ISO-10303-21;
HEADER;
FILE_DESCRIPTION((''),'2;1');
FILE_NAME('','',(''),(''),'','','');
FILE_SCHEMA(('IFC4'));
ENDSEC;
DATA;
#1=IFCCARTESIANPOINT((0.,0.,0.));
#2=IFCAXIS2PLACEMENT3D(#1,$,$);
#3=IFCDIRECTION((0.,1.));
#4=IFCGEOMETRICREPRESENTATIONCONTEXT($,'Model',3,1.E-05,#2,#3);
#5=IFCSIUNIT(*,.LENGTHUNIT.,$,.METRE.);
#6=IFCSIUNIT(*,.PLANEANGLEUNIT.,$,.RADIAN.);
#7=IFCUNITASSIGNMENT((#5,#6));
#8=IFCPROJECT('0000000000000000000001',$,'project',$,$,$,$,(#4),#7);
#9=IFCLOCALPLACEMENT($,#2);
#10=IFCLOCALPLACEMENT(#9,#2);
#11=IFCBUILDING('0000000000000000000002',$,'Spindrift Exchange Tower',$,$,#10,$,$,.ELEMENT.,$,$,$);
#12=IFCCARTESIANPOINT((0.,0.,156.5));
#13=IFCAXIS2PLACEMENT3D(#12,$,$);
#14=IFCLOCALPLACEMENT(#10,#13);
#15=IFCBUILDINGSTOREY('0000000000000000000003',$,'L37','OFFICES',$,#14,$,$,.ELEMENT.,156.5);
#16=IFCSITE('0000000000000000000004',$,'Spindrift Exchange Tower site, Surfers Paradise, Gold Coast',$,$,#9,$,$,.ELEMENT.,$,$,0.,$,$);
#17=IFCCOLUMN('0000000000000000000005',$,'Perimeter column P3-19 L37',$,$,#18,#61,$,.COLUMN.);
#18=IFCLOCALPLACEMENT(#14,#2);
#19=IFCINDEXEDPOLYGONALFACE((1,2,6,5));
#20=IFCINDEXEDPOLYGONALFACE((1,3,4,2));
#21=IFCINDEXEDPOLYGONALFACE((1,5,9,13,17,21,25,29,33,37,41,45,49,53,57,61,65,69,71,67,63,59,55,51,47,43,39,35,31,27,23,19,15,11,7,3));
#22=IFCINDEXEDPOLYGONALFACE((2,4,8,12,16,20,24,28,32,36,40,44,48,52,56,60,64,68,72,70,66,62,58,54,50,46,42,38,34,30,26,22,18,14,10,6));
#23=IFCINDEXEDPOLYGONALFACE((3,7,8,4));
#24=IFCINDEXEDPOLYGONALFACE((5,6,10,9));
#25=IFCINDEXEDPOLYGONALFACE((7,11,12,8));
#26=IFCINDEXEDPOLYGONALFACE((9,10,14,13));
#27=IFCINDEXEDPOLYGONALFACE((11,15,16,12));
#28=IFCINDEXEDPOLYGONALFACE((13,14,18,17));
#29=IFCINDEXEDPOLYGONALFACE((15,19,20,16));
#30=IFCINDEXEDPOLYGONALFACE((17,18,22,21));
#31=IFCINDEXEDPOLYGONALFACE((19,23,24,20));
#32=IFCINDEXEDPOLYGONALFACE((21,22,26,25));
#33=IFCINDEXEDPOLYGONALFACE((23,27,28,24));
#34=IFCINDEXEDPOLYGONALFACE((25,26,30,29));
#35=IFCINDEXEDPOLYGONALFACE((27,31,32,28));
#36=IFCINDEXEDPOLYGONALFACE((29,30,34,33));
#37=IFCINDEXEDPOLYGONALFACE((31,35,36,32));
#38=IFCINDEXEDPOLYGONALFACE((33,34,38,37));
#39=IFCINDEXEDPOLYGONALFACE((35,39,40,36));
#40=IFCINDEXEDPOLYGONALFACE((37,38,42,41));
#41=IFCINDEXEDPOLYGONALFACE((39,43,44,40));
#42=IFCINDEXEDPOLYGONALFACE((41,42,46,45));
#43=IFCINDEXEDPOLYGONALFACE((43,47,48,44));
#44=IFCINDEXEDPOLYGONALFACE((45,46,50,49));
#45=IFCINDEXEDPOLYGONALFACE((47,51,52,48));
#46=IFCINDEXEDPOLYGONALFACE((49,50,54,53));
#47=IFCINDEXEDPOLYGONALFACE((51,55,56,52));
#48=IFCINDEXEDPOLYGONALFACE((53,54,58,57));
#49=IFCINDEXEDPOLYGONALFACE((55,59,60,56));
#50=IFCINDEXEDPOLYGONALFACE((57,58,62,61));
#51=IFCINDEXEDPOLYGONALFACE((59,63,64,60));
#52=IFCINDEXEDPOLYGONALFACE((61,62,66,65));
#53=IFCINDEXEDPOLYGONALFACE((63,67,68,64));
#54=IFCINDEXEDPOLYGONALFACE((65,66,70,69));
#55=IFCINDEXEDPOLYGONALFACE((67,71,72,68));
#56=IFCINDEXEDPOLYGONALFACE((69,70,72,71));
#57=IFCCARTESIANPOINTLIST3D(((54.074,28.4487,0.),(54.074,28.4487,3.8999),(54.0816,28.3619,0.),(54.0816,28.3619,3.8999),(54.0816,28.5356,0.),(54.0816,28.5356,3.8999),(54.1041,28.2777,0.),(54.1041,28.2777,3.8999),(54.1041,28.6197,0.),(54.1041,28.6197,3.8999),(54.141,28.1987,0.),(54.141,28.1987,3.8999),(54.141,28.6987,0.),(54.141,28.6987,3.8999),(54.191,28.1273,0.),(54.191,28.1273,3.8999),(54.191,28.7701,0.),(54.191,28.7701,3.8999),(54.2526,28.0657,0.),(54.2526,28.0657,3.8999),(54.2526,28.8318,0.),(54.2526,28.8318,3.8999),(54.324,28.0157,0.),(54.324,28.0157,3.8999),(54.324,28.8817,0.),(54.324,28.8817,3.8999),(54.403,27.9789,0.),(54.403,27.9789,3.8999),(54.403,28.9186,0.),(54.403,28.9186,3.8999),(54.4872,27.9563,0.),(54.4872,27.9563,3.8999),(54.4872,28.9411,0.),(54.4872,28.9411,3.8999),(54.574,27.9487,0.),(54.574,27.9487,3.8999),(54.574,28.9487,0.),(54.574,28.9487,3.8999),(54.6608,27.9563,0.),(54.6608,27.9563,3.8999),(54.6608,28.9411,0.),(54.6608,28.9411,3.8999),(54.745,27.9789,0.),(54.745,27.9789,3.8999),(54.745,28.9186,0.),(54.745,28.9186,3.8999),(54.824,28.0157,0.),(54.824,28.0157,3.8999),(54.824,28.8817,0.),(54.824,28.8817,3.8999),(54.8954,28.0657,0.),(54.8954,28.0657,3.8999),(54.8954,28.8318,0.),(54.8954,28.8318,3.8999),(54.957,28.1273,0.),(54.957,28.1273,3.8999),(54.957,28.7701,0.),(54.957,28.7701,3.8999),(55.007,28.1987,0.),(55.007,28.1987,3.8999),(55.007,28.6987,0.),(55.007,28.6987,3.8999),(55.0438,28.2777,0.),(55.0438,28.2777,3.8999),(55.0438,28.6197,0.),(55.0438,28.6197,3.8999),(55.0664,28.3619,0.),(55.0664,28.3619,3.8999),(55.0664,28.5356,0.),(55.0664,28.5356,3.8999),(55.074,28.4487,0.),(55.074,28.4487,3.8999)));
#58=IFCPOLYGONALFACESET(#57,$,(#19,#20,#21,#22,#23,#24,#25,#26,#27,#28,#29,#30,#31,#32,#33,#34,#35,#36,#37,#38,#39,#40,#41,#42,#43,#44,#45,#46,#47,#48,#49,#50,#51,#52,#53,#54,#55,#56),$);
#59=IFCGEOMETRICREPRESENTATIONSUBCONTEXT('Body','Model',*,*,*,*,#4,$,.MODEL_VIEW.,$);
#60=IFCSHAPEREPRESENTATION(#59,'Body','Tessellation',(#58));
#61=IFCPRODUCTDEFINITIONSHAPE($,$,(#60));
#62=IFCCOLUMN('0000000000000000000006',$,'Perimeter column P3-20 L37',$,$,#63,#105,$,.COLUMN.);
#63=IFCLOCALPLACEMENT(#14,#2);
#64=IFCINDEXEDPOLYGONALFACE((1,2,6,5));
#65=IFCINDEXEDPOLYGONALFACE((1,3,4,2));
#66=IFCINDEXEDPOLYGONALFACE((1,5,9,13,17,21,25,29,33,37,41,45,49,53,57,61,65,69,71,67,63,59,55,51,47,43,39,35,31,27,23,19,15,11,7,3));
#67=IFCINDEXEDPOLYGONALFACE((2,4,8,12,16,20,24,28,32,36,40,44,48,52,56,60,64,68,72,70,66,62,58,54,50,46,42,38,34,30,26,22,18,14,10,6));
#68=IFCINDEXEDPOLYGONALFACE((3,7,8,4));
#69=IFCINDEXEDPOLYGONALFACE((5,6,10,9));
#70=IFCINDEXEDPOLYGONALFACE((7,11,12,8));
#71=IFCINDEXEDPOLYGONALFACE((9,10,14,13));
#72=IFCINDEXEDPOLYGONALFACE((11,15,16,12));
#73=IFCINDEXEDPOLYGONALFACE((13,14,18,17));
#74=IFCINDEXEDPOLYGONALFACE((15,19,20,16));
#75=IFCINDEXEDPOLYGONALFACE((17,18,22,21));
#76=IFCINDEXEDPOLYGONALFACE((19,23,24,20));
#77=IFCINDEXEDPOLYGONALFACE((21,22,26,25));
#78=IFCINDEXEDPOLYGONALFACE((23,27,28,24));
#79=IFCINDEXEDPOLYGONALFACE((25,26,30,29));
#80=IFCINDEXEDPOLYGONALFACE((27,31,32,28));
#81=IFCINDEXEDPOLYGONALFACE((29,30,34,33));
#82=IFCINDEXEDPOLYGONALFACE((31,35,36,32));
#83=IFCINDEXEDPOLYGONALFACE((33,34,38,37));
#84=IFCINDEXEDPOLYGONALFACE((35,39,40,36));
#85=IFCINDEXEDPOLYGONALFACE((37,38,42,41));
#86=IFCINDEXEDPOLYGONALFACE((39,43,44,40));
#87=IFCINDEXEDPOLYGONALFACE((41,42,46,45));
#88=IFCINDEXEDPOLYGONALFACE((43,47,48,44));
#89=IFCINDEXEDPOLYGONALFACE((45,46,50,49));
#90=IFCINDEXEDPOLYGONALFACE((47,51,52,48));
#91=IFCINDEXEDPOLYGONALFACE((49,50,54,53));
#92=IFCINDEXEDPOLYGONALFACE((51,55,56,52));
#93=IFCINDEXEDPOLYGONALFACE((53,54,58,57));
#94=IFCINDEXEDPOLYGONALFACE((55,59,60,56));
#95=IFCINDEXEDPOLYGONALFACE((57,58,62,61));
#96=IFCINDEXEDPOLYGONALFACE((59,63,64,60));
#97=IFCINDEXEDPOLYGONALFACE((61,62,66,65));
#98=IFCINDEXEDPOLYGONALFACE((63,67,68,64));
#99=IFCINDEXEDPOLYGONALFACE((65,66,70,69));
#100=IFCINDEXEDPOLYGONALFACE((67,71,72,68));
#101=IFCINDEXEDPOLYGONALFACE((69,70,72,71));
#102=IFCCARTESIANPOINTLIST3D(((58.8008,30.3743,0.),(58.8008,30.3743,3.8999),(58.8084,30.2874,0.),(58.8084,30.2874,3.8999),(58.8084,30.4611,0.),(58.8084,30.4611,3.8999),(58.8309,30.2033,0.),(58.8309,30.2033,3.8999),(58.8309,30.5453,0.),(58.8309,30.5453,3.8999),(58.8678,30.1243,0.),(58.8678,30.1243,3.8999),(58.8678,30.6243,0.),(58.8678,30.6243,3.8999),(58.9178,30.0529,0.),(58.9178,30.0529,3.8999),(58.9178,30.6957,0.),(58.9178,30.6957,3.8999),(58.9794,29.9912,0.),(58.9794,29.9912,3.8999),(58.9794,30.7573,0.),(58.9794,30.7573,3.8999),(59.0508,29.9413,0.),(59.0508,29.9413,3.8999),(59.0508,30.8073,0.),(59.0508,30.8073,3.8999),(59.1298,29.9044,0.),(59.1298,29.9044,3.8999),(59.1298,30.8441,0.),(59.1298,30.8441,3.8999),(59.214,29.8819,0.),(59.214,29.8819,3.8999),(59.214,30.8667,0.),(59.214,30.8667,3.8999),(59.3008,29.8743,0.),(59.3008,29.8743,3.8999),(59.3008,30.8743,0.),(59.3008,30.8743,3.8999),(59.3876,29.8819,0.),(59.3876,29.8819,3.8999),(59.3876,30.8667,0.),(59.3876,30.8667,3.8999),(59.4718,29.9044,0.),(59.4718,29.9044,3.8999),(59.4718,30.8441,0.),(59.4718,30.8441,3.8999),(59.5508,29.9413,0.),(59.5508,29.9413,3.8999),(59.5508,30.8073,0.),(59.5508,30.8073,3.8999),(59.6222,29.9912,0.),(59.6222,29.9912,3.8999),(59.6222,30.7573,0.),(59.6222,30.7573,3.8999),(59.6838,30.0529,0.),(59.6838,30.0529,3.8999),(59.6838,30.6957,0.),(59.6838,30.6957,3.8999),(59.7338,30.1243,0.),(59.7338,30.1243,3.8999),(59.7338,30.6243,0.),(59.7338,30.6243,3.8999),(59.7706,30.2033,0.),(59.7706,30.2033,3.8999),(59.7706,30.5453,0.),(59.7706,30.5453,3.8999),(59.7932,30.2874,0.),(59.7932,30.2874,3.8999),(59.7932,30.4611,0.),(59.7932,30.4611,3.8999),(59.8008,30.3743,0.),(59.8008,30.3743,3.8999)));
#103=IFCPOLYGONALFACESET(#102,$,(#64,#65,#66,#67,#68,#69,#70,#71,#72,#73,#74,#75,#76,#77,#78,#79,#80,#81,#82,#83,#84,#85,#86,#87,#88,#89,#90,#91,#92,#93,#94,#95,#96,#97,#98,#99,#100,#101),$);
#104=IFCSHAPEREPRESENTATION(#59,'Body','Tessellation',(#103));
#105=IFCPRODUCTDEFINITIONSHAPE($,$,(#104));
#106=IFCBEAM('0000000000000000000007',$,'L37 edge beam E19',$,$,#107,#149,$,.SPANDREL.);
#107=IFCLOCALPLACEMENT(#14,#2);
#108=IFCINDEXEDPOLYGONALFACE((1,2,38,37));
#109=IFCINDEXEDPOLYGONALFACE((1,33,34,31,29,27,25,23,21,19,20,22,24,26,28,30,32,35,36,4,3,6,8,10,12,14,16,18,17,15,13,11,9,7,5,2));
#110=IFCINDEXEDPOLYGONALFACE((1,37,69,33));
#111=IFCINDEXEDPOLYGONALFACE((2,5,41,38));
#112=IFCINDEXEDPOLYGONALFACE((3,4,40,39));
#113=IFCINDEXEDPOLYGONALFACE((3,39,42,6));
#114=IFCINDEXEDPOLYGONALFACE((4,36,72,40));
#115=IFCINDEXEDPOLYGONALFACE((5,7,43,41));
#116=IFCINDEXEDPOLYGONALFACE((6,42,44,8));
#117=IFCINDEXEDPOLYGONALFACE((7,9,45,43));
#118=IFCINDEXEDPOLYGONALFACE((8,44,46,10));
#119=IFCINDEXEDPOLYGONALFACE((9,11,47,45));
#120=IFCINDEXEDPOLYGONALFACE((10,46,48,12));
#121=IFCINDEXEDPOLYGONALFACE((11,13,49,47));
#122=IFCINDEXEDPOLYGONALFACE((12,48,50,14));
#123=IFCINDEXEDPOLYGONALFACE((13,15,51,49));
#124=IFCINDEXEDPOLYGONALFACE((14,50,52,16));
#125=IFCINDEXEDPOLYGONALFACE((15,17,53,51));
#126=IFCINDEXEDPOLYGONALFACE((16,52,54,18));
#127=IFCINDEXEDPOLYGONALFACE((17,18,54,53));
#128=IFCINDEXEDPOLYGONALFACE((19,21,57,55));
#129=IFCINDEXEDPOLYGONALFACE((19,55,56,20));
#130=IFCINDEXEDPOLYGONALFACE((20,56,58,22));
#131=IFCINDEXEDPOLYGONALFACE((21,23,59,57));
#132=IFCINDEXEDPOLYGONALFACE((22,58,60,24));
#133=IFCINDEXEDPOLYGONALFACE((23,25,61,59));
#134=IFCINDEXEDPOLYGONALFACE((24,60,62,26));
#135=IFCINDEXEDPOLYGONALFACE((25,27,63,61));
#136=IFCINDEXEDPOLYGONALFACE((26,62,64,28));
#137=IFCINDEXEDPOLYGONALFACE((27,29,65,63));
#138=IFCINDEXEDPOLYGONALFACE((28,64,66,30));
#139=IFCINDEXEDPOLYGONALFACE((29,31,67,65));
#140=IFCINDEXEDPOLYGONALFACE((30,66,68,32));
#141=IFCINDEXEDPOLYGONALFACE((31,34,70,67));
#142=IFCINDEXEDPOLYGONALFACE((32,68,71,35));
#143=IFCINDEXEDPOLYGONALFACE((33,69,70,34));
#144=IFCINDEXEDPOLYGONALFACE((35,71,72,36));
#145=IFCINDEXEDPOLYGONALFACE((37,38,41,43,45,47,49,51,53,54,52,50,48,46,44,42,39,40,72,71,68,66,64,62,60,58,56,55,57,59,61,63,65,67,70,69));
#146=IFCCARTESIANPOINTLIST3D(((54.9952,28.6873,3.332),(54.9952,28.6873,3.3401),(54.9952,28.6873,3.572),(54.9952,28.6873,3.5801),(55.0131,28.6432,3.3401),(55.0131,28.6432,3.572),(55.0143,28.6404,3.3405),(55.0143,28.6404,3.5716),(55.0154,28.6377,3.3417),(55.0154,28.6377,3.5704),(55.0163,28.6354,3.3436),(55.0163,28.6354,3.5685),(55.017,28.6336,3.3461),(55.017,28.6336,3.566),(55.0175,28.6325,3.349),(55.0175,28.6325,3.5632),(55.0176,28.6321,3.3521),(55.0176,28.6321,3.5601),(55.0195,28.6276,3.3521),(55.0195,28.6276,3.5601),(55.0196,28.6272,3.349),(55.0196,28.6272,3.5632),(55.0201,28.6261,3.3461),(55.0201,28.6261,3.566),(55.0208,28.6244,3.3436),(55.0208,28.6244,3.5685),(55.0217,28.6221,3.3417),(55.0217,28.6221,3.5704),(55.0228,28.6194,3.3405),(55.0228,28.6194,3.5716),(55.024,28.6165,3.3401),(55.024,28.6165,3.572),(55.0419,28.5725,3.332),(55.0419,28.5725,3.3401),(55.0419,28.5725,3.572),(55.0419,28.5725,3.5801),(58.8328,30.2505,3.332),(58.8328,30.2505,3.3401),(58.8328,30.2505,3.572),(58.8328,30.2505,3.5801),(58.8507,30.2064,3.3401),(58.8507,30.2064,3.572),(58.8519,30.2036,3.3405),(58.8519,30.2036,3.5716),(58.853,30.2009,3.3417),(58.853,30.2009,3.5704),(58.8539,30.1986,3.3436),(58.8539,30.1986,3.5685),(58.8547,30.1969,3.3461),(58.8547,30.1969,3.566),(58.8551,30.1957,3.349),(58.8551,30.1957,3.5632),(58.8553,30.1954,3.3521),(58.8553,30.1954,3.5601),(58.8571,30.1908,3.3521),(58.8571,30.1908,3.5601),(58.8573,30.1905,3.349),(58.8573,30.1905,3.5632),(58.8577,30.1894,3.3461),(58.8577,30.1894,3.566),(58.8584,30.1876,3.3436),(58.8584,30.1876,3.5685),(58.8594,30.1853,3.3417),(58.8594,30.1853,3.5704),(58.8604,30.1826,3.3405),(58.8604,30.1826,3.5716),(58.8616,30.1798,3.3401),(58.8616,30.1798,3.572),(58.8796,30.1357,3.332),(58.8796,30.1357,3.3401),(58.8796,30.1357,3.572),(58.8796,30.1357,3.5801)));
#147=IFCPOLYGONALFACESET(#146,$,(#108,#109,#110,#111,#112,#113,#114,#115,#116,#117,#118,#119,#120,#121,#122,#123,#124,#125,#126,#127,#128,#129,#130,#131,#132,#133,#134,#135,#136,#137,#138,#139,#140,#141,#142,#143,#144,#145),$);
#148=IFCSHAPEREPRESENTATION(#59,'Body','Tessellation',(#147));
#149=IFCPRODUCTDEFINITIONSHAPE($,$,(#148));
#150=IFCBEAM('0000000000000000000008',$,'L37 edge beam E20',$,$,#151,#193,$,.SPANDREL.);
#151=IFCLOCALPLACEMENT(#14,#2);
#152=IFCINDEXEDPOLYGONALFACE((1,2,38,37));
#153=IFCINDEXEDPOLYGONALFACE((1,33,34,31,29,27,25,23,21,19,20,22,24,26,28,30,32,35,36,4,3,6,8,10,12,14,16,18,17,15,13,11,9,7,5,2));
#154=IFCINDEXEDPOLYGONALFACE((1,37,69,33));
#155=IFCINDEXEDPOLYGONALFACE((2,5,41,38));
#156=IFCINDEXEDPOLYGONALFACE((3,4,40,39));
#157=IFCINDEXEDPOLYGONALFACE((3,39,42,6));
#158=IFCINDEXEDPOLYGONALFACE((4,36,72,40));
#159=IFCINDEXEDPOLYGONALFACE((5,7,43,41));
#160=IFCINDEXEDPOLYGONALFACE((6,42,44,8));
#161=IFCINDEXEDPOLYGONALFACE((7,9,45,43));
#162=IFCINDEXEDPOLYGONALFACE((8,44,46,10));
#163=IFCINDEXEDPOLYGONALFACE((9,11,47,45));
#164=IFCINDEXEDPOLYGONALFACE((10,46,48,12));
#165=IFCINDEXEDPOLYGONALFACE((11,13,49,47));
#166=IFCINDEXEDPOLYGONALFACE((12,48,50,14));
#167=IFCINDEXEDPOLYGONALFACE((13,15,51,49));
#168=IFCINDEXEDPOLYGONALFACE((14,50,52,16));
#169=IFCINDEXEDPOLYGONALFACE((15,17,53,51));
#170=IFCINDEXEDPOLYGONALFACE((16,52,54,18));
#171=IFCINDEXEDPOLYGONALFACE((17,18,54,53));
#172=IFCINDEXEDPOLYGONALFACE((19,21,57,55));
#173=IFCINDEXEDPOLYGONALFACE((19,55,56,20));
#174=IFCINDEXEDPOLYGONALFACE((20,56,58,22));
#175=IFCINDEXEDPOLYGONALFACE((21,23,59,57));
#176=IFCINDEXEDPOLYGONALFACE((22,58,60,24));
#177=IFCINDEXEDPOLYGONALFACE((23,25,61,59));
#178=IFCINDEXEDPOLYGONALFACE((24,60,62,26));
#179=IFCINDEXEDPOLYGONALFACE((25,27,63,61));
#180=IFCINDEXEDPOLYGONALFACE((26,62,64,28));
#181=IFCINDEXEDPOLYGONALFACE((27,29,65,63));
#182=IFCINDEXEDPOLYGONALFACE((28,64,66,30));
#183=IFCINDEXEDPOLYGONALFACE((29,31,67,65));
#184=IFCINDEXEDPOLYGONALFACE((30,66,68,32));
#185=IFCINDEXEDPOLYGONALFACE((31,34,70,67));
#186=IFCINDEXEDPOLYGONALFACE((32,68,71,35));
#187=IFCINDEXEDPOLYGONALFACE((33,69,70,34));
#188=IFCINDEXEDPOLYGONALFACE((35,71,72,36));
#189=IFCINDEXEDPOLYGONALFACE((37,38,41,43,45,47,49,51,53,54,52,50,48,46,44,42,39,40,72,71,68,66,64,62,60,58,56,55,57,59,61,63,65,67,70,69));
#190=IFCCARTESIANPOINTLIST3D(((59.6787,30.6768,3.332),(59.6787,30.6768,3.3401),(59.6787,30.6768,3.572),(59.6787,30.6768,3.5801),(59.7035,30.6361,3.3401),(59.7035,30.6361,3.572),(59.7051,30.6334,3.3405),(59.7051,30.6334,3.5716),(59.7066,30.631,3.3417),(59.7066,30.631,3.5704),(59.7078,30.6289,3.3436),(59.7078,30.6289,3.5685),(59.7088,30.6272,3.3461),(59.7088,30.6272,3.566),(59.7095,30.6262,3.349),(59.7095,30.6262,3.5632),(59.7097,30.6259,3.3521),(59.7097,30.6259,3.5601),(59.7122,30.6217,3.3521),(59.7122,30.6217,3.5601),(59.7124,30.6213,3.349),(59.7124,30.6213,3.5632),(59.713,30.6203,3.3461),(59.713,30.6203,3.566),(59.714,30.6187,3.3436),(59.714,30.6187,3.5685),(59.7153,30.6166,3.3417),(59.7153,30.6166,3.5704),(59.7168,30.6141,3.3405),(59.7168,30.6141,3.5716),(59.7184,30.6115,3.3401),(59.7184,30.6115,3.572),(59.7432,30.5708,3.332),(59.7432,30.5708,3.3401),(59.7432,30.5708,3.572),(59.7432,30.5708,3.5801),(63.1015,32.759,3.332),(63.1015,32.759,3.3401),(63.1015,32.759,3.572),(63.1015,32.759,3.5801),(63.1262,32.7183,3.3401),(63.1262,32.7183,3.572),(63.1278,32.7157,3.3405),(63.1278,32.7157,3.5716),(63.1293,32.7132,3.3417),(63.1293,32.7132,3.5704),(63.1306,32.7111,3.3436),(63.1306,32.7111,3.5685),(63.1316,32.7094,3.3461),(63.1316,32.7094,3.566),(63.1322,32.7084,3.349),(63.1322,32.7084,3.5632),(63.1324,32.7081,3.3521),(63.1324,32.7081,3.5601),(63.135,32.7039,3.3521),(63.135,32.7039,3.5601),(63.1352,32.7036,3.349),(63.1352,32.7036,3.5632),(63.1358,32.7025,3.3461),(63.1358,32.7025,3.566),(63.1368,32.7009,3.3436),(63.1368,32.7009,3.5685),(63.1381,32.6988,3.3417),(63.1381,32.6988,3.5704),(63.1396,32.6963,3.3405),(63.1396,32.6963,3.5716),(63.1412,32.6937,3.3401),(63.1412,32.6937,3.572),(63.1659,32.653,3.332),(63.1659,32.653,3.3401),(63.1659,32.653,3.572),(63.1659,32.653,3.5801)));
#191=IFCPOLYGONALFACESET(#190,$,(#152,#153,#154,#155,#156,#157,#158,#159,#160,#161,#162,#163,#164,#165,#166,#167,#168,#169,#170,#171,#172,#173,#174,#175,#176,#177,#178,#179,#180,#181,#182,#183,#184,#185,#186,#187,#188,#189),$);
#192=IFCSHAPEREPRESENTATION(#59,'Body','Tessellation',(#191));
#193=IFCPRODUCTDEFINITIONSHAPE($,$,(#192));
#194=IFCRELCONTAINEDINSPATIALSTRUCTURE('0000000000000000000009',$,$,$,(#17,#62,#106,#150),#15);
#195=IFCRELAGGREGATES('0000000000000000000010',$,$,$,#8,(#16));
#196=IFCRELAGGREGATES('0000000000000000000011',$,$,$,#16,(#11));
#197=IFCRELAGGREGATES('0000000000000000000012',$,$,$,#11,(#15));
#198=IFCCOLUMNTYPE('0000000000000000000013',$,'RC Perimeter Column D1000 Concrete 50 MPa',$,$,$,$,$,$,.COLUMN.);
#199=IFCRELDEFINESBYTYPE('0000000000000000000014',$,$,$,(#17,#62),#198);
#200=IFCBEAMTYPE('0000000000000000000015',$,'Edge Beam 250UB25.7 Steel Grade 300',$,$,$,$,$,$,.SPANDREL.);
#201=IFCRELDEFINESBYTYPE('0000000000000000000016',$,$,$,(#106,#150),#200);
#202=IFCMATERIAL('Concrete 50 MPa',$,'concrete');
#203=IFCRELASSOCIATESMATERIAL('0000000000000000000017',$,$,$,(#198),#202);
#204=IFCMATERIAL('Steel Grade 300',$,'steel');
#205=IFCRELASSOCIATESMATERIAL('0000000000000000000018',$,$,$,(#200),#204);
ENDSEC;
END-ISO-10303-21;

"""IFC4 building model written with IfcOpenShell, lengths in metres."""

from ifc_helpers import new_model, si_unit, direction, frame, origin, origin_2d, place, context, subcontext, project, spatial, circle, i_section, extrude, source, transform, mapped, material, material_profile, profile_set, type_object, element, save


model = new_model("IFC4")

# Units and contexts
model_context = context("Model", 3, precision=1e-05, world=origin(), true_north=direction((0.0, 1.0)))
body_context = subcontext(model_context, "Body", "Model", "MODEL_VIEW")
ifc_project = project(units=[si_unit("LENGTHUNIT", "METRE"), si_unit("PLANEANGLEUNIT", "RADIAN")], contexts=[model_context])

# Site, building, storey
site_placement = place(None, origin())
site = spatial("IfcSite", under=ifc_project, at=site_placement, Name="Spindrift Exchange Tower site, Surfers Paradise, Gold Coast", CompositionType="ELEMENT", RefElevation=0.0)
building_placement = place(site_placement, origin())
building = spatial("IfcBuilding", under=site, at=building_placement, Name="Spindrift Exchange Tower", CompositionType="ELEMENT")
storey_placement = place(building_placement, frame((0.0, 0.0, 156.5)))
storey = spatial("IfcBuildingStorey", under=building, at=storey_placement, Name="L37", Description="OFFICES", CompositionType="ELEMENT", Elevation=156.5)

# Columns
ifc_material_1 = material(Name="Concrete 50 MPa", Category="concrete")
ifc_material_profile_1 = material_profile(ifc_material_1, circle(Radius=0.5, at=origin_2d()), Name="RC D1000")
ifc_profile_set_1 = profile_set([ifc_material_profile_1], Name="Concrete 50 MPa")
column_type = type_object("IfcColumnType", Name="RC Perimeter Column D1000 Concrete 50 MPa", PredefinedType="COLUMN", material=ifc_profile_set_1)
shared_shape_1 = source(origin(), body_context, "Body", "SweptSolid", [
    extrude(circle(Radius=0.5, at=origin_2d()), origin(), (0.0, 0.0, 1.0), 3.8999),
])
for number, where, z_axis, x_axis, name in (
    (1, (54.574, 28.4487, 0.0), (0.0, 0.0, 1.0), (1.0, 0.0, 0.0), "Perimeter column P3-19 L37"),
    (2, (59.3008, 30.3743, 0.0), (0.0, 0.0, 1.0), (1.0, 0.0, 0.0), "Perimeter column P3-20 L37"),
):
    element("IfcColumn", number, at=place(storey_placement, frame(where, z_axis=z_axis, x_axis=x_axis)), inside=storey, type_object=column_type, Name=name, PredefinedType="COLUMN", context=body_context, shape_type="MappedRepresentation", body=[
        mapped(shared_shape_1, transform((0.0, 0.0, 0.0), scale=1.0)),
    ])

# Beams
ifc_material_2 = material(Name="Steel Grade 300", Category="steel")
ifc_material_profile_2 = material_profile(ifc_material_2, i_section(OverallWidth=0.124, OverallDepth=0.248, WebThickness=0.0049, FlangeThickness=0.0081, FilletRadius=0.012, at=origin_2d()), Name="250UB25.7")
ifc_profile_set_2 = profile_set([ifc_material_profile_2], Name="Steel Grade 300")
beam_type_1 = type_object("IfcBeamType", Name="Edge Beam 250UB25.7 Steel Grade 300", PredefinedType="SPANDREL", material=ifc_profile_set_2)
shared_shape_2 = source(origin(), body_context, "Body", "SweptSolid", [
    extrude(i_section(OverallWidth=0.124, OverallDepth=0.248, WebThickness=0.0049, FlangeThickness=0.0081, FilletRadius=0.012, at=origin_2d()), origin(), (0.0, 0.0, 1.0), 4.1438),
])
beam_1_placement = place(storey_placement, frame((55.0186, 28.6299, 3.4561), z_axis=(0.926114, 0.377244, 0.0), x_axis=(-0.377244, 0.926114, 0.0)))
element("IfcBeam", 3, at=beam_1_placement, inside=storey, type_object=beam_type_1, Name="L37 edge beam E19", PredefinedType="SPANDREL", context=body_context, shape_type="MappedRepresentation", body=[
    mapped(shared_shape_2, transform((0.0, 0.0, 0.0), scale=1.0)),
])
shared_shape_3 = source(origin(), body_context, "Body", "SweptSolid", [
    extrude(i_section(OverallWidth=0.124, OverallDepth=0.248, WebThickness=0.0049, FlangeThickness=0.0081, FilletRadius=0.012, at=origin_2d()), origin(), (0.0, 0.0, 1.0), 4.0063),
])
beam_2_placement = place(storey_placement, frame((59.7109, 30.6238, 3.4561), z_axis=(0.854331, 0.519728, 0.0), x_axis=(-0.519728, 0.854331, 0.0)))
element("IfcBeam", 4, at=beam_2_placement, inside=storey, type_object=beam_type_1, Name="L37 edge beam E20", PredefinedType="SPANDREL", context=body_context, shape_type="MappedRepresentation", body=[
    mapped(shared_shape_3, transform((0.0, 0.0, 0.0), scale=1.0)),
])

save(model, "model.ifc")
